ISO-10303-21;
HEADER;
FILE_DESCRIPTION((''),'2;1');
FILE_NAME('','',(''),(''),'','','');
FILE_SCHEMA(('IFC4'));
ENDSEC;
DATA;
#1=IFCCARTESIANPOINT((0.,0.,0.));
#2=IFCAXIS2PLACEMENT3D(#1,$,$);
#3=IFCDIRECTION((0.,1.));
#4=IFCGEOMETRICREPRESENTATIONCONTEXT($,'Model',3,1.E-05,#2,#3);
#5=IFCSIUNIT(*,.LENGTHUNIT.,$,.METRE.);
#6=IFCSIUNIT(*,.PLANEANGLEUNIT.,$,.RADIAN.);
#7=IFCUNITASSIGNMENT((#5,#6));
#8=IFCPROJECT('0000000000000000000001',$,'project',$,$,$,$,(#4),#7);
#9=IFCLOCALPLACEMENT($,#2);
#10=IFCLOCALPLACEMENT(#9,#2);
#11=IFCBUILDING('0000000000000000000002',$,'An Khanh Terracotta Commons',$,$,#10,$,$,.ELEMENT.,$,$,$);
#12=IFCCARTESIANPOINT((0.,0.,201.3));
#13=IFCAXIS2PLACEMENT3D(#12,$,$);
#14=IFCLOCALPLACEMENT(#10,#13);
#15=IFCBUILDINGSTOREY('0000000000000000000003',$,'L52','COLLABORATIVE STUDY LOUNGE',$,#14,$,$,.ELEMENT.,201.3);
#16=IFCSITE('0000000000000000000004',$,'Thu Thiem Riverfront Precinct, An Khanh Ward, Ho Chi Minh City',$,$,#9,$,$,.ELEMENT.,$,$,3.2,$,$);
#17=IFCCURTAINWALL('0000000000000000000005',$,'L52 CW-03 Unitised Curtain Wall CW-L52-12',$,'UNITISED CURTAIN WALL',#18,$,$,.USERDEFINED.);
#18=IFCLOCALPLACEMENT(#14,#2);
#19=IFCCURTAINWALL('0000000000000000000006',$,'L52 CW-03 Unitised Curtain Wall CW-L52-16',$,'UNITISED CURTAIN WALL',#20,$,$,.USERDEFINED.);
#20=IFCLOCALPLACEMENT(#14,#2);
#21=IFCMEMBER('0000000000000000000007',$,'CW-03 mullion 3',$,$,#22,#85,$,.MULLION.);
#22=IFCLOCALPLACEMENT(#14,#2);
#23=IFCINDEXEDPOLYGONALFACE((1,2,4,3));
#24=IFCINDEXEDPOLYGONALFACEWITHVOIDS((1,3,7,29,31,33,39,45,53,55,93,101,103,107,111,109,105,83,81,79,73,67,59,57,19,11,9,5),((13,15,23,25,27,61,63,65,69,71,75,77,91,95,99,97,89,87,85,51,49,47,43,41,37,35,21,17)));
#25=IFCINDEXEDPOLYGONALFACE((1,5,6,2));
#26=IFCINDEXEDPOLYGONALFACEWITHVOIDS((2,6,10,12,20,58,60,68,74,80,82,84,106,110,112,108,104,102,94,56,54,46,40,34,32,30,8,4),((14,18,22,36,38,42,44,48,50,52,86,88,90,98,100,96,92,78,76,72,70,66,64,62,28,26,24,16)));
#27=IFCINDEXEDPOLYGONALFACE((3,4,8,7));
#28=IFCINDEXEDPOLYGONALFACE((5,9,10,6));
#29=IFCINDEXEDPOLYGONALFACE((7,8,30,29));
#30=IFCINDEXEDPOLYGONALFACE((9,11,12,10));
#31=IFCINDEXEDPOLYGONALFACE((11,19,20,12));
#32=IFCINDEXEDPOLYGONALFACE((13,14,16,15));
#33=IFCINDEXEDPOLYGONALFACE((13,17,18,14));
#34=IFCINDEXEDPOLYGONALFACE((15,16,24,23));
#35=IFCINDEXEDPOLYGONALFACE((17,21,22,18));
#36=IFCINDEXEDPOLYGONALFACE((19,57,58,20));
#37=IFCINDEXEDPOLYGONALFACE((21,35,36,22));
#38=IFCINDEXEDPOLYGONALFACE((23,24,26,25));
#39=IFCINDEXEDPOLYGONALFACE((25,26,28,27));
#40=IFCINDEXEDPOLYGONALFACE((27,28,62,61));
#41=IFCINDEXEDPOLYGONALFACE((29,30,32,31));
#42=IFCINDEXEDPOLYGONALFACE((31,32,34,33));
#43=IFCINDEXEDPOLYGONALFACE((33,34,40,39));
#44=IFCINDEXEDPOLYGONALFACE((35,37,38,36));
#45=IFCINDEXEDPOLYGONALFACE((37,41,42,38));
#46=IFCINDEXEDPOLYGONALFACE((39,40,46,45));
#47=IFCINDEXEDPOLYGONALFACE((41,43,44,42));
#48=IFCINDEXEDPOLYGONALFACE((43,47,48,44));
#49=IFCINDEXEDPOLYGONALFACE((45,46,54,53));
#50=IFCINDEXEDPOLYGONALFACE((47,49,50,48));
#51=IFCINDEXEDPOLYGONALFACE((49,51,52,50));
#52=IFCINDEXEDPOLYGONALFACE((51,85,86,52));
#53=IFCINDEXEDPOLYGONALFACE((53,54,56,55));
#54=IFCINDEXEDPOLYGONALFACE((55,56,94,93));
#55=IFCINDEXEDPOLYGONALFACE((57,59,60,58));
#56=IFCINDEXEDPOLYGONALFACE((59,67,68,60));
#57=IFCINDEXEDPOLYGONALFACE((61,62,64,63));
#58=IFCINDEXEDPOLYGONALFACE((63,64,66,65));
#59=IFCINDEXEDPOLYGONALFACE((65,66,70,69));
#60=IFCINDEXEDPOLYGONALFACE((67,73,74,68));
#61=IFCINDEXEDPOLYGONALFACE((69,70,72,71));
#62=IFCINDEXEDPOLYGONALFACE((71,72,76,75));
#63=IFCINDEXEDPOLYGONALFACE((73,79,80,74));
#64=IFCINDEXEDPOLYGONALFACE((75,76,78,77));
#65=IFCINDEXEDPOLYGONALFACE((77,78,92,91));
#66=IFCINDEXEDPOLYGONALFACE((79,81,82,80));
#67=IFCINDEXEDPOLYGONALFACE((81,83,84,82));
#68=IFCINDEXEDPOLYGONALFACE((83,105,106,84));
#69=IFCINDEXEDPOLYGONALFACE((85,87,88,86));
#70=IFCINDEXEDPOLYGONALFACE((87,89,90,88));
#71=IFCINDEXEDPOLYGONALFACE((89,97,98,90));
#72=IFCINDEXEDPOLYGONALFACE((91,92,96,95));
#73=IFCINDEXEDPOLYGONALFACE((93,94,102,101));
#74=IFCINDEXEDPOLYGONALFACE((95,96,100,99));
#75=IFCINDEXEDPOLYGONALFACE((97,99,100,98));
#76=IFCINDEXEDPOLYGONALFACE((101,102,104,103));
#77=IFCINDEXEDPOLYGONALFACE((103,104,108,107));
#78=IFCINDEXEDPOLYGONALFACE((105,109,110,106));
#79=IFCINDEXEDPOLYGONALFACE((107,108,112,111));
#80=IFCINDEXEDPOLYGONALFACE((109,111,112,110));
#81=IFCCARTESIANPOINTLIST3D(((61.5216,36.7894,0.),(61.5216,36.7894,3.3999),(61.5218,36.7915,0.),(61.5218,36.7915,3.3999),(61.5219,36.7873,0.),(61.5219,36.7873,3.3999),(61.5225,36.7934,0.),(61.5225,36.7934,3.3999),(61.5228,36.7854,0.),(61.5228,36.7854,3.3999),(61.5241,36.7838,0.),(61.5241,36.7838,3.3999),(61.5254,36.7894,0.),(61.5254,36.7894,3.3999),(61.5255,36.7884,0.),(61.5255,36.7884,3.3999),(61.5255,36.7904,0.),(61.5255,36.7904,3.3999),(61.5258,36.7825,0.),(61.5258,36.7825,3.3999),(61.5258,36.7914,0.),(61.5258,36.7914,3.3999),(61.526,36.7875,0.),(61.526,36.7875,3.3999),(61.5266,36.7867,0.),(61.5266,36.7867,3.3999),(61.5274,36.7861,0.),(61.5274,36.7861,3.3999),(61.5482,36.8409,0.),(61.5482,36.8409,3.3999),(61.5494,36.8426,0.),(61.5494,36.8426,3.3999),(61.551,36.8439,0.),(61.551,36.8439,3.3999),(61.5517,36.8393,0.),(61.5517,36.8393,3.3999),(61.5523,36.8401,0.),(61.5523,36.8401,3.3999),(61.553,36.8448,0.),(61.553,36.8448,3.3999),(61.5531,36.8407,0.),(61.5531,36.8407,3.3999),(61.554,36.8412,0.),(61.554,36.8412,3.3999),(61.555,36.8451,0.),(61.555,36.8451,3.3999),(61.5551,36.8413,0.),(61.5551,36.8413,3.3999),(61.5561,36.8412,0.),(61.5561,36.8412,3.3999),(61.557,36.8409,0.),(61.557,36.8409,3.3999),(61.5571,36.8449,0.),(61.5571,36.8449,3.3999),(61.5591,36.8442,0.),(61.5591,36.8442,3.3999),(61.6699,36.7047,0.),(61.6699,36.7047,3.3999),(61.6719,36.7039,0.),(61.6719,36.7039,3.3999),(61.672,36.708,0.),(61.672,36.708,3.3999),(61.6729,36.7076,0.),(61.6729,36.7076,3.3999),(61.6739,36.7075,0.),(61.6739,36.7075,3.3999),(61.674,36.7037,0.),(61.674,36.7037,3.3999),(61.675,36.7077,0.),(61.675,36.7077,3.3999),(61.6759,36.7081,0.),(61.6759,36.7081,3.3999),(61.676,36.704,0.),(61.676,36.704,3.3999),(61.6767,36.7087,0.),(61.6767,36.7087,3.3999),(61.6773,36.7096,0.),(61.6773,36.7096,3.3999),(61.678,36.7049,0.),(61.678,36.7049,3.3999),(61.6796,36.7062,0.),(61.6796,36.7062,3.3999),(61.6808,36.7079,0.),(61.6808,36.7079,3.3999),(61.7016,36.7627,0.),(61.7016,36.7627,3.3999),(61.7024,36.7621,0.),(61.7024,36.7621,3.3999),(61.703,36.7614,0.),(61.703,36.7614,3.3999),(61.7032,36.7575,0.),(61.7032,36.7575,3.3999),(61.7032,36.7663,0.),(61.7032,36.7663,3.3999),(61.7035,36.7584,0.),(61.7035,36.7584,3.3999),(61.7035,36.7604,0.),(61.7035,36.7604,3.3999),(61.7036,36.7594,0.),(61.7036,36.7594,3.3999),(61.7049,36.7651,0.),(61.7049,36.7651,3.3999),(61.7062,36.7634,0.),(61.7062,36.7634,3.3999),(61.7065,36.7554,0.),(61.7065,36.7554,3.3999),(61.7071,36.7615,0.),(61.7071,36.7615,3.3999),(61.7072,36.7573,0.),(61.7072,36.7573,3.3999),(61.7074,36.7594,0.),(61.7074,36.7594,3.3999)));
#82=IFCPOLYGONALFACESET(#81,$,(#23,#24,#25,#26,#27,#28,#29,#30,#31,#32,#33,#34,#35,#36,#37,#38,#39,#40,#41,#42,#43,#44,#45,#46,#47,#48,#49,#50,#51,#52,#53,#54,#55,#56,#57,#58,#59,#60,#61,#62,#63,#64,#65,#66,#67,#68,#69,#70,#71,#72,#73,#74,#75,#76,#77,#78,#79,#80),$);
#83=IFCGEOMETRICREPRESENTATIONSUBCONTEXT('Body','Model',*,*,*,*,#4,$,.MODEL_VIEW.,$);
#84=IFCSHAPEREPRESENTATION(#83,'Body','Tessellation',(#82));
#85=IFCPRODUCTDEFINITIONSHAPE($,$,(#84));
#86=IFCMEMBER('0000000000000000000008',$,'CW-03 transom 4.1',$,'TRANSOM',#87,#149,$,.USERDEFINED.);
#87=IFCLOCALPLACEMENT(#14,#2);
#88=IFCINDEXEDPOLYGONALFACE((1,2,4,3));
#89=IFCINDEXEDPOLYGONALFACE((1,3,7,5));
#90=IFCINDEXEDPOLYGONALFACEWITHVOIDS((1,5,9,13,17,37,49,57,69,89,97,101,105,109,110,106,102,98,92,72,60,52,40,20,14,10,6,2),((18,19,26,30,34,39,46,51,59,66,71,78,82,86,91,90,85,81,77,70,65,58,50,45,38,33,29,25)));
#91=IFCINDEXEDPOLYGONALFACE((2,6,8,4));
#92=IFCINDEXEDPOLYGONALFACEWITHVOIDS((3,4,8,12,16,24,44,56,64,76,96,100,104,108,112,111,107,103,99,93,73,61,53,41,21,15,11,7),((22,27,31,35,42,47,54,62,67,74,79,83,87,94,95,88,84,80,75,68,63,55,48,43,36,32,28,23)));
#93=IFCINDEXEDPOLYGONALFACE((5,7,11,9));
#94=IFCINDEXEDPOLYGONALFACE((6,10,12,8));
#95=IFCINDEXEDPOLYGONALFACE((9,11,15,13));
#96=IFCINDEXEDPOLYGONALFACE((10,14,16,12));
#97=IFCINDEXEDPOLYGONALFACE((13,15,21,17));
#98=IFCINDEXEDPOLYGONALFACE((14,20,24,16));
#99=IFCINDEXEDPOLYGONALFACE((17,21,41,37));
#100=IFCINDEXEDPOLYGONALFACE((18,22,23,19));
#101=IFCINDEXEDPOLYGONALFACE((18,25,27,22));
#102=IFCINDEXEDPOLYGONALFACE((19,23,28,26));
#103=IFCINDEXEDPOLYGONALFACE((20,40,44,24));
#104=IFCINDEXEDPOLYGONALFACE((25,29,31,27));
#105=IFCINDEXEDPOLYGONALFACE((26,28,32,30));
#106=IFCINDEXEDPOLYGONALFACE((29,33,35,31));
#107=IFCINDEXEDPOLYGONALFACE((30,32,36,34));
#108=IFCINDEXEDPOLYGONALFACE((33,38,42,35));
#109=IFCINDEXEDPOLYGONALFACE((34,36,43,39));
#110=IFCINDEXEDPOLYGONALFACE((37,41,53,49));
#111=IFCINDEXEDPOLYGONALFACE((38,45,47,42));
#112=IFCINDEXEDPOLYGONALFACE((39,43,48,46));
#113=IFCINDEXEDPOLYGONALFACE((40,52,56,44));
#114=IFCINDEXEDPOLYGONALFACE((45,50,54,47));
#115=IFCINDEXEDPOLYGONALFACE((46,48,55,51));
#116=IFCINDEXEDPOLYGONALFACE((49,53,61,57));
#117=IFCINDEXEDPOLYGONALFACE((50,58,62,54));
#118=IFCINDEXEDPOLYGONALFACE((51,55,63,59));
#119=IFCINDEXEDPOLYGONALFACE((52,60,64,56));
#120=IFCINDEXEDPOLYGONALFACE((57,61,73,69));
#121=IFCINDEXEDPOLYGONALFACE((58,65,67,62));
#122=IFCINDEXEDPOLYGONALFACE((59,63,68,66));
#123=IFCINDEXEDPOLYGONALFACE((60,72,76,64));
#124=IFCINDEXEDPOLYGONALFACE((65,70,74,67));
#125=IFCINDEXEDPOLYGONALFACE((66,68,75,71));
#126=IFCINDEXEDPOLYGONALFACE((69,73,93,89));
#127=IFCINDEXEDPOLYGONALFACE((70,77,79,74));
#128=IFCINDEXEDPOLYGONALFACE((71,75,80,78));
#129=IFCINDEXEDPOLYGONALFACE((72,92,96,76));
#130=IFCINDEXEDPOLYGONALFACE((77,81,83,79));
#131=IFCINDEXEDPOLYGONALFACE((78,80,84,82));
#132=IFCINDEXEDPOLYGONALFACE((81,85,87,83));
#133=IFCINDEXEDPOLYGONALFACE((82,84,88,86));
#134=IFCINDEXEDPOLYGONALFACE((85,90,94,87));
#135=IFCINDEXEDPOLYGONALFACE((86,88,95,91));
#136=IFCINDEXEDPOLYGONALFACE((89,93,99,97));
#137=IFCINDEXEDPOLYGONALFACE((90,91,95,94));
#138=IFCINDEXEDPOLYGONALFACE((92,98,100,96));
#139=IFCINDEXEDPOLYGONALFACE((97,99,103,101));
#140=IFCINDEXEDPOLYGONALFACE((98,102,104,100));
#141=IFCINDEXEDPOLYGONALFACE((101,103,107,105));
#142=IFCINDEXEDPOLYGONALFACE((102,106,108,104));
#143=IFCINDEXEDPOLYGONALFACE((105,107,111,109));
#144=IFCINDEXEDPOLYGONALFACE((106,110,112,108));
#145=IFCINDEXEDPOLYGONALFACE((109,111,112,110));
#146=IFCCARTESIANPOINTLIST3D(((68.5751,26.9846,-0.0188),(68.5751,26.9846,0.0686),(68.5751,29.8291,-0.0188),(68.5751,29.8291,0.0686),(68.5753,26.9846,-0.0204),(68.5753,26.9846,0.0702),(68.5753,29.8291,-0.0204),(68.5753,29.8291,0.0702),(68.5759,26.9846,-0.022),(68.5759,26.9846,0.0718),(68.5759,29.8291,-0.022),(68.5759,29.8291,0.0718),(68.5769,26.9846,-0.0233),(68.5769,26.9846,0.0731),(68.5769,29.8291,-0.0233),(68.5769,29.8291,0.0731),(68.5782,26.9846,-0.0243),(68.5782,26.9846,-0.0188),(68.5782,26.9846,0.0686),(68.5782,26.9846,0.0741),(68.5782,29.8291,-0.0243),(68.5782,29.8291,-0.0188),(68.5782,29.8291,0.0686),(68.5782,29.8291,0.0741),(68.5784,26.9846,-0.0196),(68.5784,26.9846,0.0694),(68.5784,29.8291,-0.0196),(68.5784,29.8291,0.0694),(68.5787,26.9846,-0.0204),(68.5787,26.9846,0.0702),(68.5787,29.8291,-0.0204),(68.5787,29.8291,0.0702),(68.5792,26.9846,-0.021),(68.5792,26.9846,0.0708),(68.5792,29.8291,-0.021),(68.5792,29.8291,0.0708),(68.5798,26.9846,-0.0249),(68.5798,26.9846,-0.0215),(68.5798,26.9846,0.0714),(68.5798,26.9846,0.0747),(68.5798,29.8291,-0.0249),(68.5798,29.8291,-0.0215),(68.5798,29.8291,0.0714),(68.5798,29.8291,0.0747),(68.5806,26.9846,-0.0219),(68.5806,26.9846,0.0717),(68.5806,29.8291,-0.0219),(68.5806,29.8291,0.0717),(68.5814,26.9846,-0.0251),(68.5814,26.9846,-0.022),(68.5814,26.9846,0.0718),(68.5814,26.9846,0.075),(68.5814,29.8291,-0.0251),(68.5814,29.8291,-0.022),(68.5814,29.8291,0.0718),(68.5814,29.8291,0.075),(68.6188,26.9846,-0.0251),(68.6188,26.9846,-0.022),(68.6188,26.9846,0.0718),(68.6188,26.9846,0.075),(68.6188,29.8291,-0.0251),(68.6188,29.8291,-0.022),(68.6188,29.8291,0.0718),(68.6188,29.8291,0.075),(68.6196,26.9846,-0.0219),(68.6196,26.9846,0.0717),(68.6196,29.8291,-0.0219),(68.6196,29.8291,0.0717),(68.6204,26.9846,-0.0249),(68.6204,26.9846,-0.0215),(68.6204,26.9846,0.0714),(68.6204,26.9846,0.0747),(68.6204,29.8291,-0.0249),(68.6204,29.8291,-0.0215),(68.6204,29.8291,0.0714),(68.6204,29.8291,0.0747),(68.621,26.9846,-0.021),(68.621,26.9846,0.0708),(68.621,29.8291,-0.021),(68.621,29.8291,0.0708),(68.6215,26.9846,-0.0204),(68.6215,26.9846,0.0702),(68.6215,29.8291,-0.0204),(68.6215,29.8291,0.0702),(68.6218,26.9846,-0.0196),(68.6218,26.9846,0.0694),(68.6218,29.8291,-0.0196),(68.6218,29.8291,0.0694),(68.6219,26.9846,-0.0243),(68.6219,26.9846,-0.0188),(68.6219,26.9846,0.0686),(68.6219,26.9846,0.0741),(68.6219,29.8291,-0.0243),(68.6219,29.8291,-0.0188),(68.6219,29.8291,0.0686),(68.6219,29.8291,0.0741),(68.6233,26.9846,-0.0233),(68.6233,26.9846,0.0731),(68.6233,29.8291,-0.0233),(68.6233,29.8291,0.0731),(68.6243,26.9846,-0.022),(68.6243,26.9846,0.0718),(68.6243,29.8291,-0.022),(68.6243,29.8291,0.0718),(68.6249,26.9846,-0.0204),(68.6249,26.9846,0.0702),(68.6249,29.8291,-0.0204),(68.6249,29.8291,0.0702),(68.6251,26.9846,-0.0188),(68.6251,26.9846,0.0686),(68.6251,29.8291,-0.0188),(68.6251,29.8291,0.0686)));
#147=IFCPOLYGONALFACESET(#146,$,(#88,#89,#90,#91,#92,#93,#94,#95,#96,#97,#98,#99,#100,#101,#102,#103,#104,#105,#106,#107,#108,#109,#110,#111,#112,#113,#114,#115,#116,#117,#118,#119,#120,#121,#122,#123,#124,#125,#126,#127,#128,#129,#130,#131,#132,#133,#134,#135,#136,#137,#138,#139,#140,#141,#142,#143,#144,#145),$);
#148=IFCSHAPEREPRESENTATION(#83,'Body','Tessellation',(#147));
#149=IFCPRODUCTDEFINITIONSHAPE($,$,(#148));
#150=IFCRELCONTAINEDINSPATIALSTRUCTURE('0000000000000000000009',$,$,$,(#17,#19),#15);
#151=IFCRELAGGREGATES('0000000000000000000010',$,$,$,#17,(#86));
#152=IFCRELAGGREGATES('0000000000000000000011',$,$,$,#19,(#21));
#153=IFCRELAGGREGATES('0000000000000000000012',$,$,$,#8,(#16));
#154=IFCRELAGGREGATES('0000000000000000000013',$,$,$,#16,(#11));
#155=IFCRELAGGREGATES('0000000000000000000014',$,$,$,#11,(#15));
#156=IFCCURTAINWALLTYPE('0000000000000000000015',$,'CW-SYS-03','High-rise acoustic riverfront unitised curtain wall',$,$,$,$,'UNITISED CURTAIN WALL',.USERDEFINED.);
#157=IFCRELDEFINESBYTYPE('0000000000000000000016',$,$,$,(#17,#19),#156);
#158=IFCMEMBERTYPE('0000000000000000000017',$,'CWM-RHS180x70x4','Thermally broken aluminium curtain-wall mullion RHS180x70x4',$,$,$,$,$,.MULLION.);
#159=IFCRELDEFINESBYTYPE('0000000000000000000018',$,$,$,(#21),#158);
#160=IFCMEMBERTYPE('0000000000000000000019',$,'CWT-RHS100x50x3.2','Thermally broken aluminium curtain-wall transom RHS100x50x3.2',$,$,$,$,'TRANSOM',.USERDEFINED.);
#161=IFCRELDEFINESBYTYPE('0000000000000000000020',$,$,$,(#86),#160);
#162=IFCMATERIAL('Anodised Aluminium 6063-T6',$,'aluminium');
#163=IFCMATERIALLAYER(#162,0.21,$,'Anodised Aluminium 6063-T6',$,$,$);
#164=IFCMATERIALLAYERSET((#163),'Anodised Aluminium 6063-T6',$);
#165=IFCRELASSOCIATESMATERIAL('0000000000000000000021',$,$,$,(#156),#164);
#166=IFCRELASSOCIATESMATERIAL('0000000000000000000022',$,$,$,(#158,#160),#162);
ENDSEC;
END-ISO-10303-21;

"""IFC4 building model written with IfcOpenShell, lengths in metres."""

from ifc_helpers import new_model, si_unit, direction, frame, origin, origin_2d, place, context, subcontext, project, spatial, hollow_rectangle, extrude, material, layer, layer_set, material_profile, profile_set, type_object, element, aggregate, save


model = new_model("IFC4")

# Units and contexts
model_context = context("Model", 3, precision=1e-05, world=origin(), true_north=direction((0.0, 1.0)))
body_context = subcontext(model_context, "Body", "Model", "MODEL_VIEW")
ifc_project = project(units=[si_unit("LENGTHUNIT", "METRE"), si_unit("PLANEANGLEUNIT", "RADIAN")], contexts=[model_context])

# Site, building, storey
site_placement = place(None, origin())
site = spatial("IfcSite", under=ifc_project, at=site_placement, Name="Thu Thiem Riverfront Precinct, An Khanh Ward, Ho Chi Minh City", CompositionType="ELEMENT", RefElevation=3.2)
building_placement = place(site_placement, origin())
building = spatial("IfcBuilding", under=site, at=building_placement, Name="An Khanh Terracotta Commons", CompositionType="ELEMENT")
storey_placement = place(building_placement, frame((0.0, 0.0, 201.3)))
storey = spatial("IfcBuildingStorey", under=building, at=storey_placement, Name="L52", Description="COLLABORATIVE STUDY LOUNGE", CompositionType="ELEMENT", Elevation=201.3)

# Curtain walls, member
ifc_material_1 = material(Name="Anodised Aluminium 6063-T6", Category="aluminium")
ifc_layer_1 = layer(ifc_material_1, 0.21, Name="Anodised Aluminium 6063-T6")
ifc_layer_set_1 = layer_set([ifc_layer_1], Name="Anodised Aluminium 6063-T6")
curtain_wall_type = type_object("IfcCurtainWallType", Name="CW-SYS-03", Description="High-rise acoustic riverfront unitised curtain wall", ElementType="UNITISED CURTAIN WALL", PredefinedType="USERDEFINED", material=ifc_layer_set_1)
curtain_wall_1_placement = place(storey_placement, origin())
curtain_wall_1 = element("IfcCurtainWall", 1, at=curtain_wall_1_placement, inside=storey, type_object=curtain_wall_type, Name="L52 CW-03 Unitised Curtain Wall CW-L52-12", ObjectType="UNITISED CURTAIN WALL", PredefinedType="USERDEFINED")
ifc_material_profile_1 = material_profile(ifc_material_1, hollow_rectangle(XDim=0.0701, YDim=0.1799, WallThickness=0.0039, InnerFilletRadius=0.0039, OuterFilletRadius=0.0081, at=origin_2d()), Name="RHS180x70x4")
ifc_profile_set_1 = profile_set([ifc_material_profile_1], Name="Anodised Aluminium 6063-T6")
member_type_1 = type_object("IfcMemberType", Name="CWM-RHS180x70x4", Description="Thermally broken aluminium curtain-wall mullion RHS180x70x4", PredefinedType="MULLION", material=ifc_profile_set_1)
curtain_wall_2_placement = place(storey_placement, origin())
curtain_wall_2 = element("IfcCurtainWall", 2, at=curtain_wall_2_placement, inside=storey, type_object=curtain_wall_type, Name="L52 CW-03 Unitised Curtain Wall CW-L52-16", ObjectType="UNITISED CURTAIN WALL", PredefinedType="USERDEFINED")
member_1_placement = place(storey_placement, frame((61.6145, 36.7744, 0.0), z_axis=(0.0, 0.0, 1.0), x_axis=(-0.475381, -0.87978, 0.0)))
member_1 = element("IfcMember", 3, at=member_1_placement, type_object=member_type_1, Name="CW-03 mullion 3", PredefinedType="MULLION", context=body_context, shape_type="SweptSolid", body=[
    extrude(hollow_rectangle(XDim=0.0701, YDim=0.1799, WallThickness=0.0039, InnerFilletRadius=0.0039, OuterFilletRadius=0.0081, at=origin_2d()), origin(), (0.0, 0.0, 1.0), 3.3999),
])

# Member
ifc_material_profile_2 = material_profile(ifc_material_1, hollow_rectangle(XDim=0.05, YDim=0.1001, WallThickness=0.0032, InnerFilletRadius=0.0032, OuterFilletRadius=0.0063, at=origin_2d()), Name="RHS100x50x3.2")
ifc_profile_set_2 = profile_set([ifc_material_profile_2], Name="Anodised Aluminium 6063-T6")
member_type_2 = type_object("IfcMemberType", Name="CWT-RHS100x50x3.2", Description="Thermally broken aluminium curtain-wall transom RHS100x50x3.2", ElementType="TRANSOM", PredefinedType="USERDEFINED", material=ifc_profile_set_2)
member_2_placement = place(storey_placement, frame((68.6001, 26.9846, 0.0249), z_axis=(0.0, 1.0, 0.0), x_axis=(-1.0, 0.0, 0.0)))
member_2 = element("IfcMember", 4, at=member_2_placement, type_object=member_type_2, Name="CW-03 transom 4.1", ObjectType="TRANSOM", PredefinedType="USERDEFINED", context=body_context, shape_type="SweptSolid", body=[
    extrude(hollow_rectangle(XDim=0.05, YDim=0.1001, WallThickness=0.0032, InnerFilletRadius=0.0032, OuterFilletRadius=0.0063, at=origin_2d()), origin(), (0.0, 0.0, 1.0), 2.8445),
])

aggregate(curtain_wall_1, [member_2])
aggregate(curtain_wall_2, [member_1])

save(model, "model.ifc")
